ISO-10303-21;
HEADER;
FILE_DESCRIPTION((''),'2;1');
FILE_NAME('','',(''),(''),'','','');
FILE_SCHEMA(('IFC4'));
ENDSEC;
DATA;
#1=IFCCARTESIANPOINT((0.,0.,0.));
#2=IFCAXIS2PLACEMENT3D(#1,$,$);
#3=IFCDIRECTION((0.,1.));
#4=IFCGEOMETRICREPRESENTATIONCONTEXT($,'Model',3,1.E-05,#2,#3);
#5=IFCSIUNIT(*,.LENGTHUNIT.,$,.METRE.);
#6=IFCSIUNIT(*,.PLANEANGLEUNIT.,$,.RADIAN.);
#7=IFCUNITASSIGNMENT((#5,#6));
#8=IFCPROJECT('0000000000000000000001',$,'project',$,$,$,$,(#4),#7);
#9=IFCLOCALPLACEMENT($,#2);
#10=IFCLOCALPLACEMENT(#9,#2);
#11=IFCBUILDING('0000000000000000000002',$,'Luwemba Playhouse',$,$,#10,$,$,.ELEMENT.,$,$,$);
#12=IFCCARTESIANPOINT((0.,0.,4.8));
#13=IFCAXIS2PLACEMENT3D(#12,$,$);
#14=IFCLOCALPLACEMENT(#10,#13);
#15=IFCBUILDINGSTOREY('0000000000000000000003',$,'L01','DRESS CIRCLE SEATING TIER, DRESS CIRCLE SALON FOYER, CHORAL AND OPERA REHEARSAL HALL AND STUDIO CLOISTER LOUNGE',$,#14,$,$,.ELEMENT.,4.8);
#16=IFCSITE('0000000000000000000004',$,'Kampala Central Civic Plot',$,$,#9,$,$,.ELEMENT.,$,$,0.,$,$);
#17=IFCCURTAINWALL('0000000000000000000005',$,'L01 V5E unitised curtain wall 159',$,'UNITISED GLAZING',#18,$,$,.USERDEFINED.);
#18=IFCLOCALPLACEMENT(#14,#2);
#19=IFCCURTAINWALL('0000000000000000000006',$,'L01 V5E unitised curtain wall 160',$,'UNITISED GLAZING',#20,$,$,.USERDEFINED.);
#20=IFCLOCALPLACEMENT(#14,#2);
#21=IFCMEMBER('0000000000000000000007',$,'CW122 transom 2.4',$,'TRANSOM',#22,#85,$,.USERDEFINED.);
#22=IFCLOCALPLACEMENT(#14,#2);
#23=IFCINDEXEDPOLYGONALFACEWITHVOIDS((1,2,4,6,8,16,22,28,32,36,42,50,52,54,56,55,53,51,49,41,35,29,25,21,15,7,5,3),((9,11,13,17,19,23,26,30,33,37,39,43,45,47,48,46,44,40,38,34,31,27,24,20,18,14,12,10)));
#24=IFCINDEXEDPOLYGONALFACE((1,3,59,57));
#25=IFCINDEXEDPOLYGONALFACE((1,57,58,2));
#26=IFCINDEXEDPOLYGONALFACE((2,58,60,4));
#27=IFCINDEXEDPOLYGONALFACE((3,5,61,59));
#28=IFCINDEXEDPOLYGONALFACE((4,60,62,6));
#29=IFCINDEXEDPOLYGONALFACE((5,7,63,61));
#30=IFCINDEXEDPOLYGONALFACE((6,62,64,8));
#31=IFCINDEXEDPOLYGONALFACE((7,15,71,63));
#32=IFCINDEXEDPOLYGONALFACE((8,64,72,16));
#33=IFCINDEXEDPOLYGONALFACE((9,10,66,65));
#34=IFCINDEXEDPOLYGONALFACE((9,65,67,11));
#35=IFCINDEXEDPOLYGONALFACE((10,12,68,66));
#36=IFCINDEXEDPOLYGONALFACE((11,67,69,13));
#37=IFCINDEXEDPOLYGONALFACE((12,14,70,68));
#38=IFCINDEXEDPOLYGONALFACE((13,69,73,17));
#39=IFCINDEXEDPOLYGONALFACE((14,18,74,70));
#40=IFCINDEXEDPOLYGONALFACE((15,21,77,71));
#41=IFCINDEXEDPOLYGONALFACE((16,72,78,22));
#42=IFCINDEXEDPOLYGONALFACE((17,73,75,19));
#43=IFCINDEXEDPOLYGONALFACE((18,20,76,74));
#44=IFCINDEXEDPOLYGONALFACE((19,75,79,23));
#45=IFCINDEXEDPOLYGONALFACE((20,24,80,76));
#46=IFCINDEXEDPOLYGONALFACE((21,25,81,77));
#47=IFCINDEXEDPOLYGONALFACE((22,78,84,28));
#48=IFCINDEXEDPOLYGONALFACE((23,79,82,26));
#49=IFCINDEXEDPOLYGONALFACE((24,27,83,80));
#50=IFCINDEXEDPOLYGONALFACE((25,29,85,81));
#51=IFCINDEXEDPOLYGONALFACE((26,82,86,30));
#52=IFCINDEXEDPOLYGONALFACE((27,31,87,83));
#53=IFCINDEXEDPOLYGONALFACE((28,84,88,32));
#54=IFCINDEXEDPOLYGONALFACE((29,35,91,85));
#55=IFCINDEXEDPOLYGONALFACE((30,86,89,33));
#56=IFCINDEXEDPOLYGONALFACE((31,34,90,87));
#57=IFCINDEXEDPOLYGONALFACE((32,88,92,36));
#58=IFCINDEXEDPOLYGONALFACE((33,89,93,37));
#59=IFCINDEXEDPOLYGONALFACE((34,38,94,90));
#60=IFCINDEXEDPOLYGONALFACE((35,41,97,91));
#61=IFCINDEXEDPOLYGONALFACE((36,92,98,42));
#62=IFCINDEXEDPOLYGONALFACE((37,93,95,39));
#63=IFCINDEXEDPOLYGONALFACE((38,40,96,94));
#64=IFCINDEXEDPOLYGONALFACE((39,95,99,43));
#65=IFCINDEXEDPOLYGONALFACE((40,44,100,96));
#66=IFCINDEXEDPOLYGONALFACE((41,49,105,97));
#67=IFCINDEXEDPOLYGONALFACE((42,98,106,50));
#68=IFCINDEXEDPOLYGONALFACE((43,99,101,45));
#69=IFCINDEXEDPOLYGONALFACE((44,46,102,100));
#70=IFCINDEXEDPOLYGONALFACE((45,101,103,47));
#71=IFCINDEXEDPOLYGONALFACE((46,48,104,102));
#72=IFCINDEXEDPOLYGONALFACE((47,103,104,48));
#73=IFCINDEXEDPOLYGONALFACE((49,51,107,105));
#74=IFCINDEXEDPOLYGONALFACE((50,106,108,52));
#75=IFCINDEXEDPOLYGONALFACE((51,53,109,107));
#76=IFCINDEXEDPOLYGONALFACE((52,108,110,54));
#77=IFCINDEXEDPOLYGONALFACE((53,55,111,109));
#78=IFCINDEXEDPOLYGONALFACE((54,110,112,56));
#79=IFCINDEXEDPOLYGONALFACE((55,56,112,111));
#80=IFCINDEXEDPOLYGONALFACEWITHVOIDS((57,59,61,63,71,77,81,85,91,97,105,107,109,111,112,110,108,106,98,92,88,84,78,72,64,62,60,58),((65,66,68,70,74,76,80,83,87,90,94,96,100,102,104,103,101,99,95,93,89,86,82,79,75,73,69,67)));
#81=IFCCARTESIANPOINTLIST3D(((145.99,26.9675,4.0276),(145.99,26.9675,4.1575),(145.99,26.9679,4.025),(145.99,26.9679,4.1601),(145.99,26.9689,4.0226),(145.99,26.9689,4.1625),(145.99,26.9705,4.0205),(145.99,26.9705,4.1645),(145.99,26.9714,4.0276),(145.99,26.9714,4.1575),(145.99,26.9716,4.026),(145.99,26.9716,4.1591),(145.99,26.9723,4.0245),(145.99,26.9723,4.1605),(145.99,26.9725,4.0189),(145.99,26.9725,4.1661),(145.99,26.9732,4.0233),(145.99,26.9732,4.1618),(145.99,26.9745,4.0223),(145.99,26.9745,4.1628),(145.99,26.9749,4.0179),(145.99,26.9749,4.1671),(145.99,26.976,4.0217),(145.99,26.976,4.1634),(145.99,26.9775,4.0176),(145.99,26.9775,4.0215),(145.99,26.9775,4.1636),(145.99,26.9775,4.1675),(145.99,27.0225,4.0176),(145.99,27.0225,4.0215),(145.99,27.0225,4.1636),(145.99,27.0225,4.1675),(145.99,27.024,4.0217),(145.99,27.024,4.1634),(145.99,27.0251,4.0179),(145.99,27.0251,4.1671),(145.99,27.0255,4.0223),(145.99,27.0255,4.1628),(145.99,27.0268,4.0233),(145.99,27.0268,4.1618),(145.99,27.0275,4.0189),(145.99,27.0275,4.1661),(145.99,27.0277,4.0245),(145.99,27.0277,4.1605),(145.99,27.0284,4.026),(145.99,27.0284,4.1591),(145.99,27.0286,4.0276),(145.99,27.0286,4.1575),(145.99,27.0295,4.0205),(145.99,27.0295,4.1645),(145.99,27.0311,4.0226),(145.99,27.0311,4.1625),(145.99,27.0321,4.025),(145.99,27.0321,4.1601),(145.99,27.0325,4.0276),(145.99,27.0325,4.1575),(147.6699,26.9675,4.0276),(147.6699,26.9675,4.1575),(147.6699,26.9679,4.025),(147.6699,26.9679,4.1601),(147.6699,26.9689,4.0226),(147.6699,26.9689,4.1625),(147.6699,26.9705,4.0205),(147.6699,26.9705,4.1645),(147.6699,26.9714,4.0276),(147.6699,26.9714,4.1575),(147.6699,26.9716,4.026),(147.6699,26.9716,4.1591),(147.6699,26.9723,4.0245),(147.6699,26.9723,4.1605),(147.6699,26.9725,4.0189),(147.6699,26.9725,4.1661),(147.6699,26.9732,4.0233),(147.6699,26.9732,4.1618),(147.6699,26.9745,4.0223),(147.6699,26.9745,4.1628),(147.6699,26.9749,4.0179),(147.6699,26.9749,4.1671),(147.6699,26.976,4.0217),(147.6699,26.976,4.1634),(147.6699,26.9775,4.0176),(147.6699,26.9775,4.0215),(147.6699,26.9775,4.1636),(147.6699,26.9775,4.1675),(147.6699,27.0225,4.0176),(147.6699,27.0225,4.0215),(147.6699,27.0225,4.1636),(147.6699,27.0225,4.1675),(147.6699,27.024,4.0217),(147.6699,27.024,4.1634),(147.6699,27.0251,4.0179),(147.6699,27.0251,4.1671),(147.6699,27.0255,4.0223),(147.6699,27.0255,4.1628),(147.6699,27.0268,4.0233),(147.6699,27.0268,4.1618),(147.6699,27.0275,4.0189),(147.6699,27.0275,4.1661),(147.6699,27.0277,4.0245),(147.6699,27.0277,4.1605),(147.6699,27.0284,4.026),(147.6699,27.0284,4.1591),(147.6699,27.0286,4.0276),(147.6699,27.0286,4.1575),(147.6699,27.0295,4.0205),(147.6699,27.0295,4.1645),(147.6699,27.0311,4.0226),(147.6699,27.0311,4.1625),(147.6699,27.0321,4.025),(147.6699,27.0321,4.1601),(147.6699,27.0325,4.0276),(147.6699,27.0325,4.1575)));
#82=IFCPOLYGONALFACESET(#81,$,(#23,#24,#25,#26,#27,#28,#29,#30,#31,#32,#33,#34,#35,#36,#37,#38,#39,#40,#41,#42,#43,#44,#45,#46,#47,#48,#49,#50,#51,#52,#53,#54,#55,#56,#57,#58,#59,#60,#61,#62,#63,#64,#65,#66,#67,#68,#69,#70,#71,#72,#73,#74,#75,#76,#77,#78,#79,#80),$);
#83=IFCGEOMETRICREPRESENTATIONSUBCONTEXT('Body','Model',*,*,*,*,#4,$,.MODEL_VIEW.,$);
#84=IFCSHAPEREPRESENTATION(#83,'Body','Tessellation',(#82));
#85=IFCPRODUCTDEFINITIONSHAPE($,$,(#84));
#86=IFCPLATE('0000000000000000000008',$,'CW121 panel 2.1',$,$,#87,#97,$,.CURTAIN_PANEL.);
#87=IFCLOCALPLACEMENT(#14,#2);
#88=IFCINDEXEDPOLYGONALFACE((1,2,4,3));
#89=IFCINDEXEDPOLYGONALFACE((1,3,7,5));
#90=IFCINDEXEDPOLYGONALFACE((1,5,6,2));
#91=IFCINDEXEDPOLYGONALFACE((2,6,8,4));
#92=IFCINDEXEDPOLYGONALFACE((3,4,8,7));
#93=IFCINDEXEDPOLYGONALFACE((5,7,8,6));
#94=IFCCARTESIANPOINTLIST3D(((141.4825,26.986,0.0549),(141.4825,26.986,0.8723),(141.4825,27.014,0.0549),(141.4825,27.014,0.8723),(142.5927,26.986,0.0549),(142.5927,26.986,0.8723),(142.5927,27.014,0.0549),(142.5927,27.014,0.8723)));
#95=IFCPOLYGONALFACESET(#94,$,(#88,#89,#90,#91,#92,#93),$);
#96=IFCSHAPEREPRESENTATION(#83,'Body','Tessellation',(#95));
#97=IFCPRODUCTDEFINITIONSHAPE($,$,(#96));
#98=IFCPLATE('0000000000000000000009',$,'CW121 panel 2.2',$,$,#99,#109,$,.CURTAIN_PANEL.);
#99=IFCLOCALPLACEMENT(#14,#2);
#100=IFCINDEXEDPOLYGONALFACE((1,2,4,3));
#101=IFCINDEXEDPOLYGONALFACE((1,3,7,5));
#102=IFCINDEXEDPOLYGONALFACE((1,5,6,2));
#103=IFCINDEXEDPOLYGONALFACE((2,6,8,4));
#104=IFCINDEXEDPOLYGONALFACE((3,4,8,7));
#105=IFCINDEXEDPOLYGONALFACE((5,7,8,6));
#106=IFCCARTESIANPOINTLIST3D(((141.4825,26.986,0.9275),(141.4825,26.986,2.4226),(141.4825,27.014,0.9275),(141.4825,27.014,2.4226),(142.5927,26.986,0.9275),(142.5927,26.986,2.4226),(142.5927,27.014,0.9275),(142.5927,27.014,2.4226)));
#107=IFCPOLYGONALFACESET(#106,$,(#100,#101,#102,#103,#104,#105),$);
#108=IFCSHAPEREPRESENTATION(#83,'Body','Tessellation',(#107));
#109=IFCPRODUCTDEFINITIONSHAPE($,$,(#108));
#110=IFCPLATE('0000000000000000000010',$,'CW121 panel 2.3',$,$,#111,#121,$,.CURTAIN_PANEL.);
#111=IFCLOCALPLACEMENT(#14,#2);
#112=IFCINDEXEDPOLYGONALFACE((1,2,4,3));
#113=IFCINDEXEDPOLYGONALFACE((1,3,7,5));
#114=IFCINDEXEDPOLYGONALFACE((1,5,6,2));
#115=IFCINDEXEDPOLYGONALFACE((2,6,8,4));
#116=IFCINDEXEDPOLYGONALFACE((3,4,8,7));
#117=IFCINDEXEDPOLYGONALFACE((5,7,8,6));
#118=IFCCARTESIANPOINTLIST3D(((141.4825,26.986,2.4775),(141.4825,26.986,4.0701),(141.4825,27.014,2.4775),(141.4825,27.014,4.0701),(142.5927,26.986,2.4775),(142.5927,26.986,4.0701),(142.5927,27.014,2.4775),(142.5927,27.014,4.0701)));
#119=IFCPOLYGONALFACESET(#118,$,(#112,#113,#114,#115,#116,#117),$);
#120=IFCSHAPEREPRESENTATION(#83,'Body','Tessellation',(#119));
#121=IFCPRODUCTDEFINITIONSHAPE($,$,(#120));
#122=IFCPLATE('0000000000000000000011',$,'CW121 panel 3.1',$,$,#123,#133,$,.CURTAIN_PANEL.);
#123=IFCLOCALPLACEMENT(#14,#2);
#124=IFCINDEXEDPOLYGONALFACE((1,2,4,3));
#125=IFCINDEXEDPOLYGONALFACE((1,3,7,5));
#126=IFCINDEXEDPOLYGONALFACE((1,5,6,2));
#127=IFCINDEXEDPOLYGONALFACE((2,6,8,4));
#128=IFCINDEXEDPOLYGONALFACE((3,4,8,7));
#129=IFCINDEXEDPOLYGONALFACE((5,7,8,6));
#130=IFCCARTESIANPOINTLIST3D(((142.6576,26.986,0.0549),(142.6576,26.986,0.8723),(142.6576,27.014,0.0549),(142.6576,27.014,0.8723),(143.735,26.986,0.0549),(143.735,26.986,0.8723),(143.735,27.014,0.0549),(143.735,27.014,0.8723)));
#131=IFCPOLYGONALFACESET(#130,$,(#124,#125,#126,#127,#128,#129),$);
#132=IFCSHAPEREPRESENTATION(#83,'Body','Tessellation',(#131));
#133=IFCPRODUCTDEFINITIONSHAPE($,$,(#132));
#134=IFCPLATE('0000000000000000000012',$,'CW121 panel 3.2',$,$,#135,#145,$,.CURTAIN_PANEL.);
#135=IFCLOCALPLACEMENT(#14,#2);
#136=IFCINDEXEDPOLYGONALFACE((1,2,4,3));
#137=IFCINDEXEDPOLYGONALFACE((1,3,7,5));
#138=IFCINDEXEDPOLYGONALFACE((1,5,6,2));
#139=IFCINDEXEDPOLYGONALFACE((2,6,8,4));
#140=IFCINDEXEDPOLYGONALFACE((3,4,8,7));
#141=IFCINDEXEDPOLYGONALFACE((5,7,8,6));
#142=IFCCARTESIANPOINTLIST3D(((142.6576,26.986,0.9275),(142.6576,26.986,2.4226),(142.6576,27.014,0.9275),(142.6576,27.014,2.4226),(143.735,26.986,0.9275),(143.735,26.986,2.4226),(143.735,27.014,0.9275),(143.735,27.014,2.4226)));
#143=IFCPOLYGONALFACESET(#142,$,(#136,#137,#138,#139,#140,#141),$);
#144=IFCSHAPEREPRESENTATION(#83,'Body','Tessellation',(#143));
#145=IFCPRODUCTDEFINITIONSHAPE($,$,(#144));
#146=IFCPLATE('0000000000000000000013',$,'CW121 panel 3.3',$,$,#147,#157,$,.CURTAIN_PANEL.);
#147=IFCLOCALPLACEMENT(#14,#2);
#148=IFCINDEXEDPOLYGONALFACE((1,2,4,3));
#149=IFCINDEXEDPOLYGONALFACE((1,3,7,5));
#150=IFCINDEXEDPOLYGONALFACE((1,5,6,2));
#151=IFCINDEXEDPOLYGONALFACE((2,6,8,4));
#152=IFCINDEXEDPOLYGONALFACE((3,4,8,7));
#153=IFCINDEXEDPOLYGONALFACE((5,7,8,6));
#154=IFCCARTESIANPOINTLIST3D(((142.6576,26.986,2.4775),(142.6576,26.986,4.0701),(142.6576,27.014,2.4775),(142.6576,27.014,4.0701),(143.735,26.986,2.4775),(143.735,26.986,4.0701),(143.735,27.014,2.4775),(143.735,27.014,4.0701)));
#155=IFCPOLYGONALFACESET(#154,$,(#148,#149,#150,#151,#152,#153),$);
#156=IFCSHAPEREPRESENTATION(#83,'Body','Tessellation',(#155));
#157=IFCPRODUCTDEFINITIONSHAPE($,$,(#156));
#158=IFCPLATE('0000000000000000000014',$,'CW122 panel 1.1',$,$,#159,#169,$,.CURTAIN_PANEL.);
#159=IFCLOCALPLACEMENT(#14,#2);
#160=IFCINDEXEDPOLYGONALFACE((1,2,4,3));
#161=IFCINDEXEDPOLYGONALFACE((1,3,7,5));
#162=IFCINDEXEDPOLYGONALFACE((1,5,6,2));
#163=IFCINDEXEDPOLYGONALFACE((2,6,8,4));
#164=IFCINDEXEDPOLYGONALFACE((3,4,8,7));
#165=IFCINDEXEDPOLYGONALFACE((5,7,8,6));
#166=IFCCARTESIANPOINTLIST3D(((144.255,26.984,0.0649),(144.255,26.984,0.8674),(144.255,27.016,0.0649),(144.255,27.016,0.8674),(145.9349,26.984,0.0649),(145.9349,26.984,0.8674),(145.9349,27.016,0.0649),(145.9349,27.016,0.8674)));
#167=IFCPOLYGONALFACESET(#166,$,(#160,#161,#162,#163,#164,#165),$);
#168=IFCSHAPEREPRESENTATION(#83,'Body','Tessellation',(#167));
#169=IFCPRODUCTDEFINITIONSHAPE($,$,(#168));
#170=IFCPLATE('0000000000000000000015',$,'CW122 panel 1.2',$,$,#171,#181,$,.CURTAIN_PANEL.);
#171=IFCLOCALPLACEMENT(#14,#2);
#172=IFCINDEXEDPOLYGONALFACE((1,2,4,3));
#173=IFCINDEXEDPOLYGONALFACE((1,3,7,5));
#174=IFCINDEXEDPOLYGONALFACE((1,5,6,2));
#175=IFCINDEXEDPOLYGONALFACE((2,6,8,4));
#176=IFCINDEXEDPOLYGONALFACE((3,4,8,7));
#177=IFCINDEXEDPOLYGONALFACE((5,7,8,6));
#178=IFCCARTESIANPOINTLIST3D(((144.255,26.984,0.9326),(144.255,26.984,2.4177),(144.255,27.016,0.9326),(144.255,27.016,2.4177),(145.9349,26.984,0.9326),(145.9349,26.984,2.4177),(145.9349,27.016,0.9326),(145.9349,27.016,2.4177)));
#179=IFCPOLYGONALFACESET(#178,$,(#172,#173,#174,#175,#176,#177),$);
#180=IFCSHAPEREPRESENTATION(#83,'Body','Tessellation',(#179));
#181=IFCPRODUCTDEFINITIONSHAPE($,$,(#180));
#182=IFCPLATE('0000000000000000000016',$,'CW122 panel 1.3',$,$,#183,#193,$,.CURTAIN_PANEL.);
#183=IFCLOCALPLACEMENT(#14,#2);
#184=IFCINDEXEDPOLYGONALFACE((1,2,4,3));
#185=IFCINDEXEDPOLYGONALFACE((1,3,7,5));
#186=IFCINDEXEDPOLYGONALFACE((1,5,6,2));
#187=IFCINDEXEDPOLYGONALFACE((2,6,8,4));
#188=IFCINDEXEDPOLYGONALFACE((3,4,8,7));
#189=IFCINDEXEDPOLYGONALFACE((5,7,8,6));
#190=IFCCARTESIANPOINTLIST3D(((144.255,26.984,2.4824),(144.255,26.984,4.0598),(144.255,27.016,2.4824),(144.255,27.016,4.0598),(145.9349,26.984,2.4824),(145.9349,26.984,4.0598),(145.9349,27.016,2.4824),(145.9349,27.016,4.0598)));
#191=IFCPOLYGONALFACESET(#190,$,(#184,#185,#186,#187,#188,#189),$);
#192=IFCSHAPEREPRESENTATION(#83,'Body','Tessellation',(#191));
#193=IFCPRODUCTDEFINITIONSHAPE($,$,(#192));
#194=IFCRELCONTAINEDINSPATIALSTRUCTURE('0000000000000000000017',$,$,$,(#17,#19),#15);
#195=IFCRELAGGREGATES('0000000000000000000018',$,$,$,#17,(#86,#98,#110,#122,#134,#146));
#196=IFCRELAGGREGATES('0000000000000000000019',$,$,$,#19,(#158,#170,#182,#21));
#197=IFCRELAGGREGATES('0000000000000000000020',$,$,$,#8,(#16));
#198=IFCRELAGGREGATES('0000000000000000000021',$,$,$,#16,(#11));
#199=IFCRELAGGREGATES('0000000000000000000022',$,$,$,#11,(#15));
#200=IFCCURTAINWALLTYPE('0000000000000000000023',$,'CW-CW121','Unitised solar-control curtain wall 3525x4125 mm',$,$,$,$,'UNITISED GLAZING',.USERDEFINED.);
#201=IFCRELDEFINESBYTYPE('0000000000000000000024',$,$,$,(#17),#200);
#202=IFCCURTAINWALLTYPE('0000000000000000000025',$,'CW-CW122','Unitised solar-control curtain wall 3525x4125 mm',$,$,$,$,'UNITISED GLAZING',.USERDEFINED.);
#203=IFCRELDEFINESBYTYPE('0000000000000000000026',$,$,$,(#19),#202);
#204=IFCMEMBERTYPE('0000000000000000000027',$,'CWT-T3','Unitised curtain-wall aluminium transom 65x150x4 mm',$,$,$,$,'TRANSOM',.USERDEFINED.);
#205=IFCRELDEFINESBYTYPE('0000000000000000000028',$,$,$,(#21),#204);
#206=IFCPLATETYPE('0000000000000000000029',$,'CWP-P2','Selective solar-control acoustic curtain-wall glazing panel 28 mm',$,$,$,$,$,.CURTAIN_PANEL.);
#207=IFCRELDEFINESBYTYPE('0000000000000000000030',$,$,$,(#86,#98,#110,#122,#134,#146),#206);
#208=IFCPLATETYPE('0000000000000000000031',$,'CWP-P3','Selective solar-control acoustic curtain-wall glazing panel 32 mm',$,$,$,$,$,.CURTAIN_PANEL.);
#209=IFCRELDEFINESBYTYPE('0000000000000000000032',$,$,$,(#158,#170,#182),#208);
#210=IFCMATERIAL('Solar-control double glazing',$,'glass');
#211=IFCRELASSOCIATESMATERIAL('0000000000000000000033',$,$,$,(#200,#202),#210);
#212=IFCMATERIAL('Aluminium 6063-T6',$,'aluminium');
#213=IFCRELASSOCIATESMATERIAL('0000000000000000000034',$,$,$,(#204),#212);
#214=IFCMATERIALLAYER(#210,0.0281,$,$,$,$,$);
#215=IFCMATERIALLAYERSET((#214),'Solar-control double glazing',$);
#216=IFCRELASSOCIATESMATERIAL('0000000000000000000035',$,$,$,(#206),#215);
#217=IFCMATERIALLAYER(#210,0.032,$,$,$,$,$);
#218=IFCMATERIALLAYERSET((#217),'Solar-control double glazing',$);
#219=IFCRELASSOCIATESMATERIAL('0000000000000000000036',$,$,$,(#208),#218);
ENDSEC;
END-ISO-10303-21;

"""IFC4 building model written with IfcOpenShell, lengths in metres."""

from ifc_helpers import new_model, si_unit, direction, frame, origin, origin_2d, place, context, subcontext, project, spatial, rectangle, hollow_rectangle, extrude, material, layer, layer_set, material_profile, profile_set, type_object, element, aggregate, save


model = new_model("IFC4")

# Units and contexts
model_context = context("Model", 3, precision=1e-05, world=origin(), true_north=direction((0.0, 1.0)))
body_context = subcontext(model_context, "Body", "Model", "MODEL_VIEW")
ifc_project = project(units=[si_unit("LENGTHUNIT", "METRE"), si_unit("PLANEANGLEUNIT", "RADIAN")], contexts=[model_context])

# Site, building, storey
site_placement = place(None, origin())
site = spatial("IfcSite", under=ifc_project, at=site_placement, Name="Kampala Central Civic Plot", CompositionType="ELEMENT", RefElevation=0.0)
building_placement = place(site_placement, origin())
building = spatial("IfcBuilding", under=site, at=building_placement, Name="Luwemba Playhouse", CompositionType="ELEMENT")
storey_placement = place(building_placement, frame((0.0, 0.0, 4.8)))
storey = spatial("IfcBuildingStorey", under=building, at=storey_placement, Name="L01", Description="DRESS CIRCLE SEATING TIER, DRESS CIRCLE SALON FOYER, CHORAL AND OPERA REHEARSAL HALL AND STUDIO CLOISTER LOUNGE", CompositionType="ELEMENT", Elevation=4.8)

# Curtain walls
ifc_material_1 = material(Name="Solar-control double glazing", Category="glass")
curtain_wall_type_1 = type_object("IfcCurtainWallType", Name="CW-CW121", Description="Unitised solar-control curtain wall 3525x4125 mm", ElementType="UNITISED GLAZING", PredefinedType="USERDEFINED", material=ifc_material_1)
curtain_wall_1_placement = place(storey_placement, origin())
curtain_wall_1 = element("IfcCurtainWall", 1, at=curtain_wall_1_placement, inside=storey, type_object=curtain_wall_type_1, Name="L01 V5E unitised curtain wall 159", ObjectType="UNITISED GLAZING", PredefinedType="USERDEFINED")
ifc_material_2 = material(Name="Aluminium 6063-T6", Category="aluminium")
curtain_wall_type_2 = type_object("IfcCurtainWallType", Name="CW-CW122", Description="Unitised solar-control curtain wall 3525x4125 mm", ElementType="UNITISED GLAZING", PredefinedType="USERDEFINED", material=ifc_material_1)
curtain_wall_2_placement = place(storey_placement, origin())
curtain_wall_2 = element("IfcCurtainWall", 2, at=curtain_wall_2_placement, inside=storey, type_object=curtain_wall_type_2, Name="L01 V5E unitised curtain wall 160", ObjectType="UNITISED GLAZING", PredefinedType="USERDEFINED")

# Member
ifc_material_profile_1 = material_profile(ifc_material_2, hollow_rectangle(XDim=0.0649, YDim=0.1499, WallThickness=0.0039, InnerFilletRadius=0.0061, OuterFilletRadius=0.01, at=origin_2d()))
ifc_profile_set_1 = profile_set([ifc_material_profile_1], Name="Aluminium 6063-T6")
member_type_1 = type_object("IfcMemberType", Name="CWT-T3", Description="Unitised curtain-wall aluminium transom 65x150x4 mm", ElementType="TRANSOM", PredefinedType="USERDEFINED", material=ifc_profile_set_1)
member_1_placement = place(storey_placement, frame((145.99, 27.0, 4.0925), z_axis=(1.0, 0.0, 0.0), x_axis=(0.0, 1.0, 0.0)))
member_1 = element("IfcMember", 3, at=member_1_placement, type_object=member_type_1, Name="CW122 transom 2.4", ObjectType="TRANSOM", PredefinedType="USERDEFINED", context=body_context, shape_type="SweptSolid", body=[
    extrude(hollow_rectangle(XDim=0.0649, YDim=0.1499, WallThickness=0.0039, InnerFilletRadius=0.0061, OuterFilletRadius=0.01, at=origin_2d()), origin(), (0.0, 0.0, 1.0), 1.6799),
])

# Plates
ifc_layer_1 = layer(ifc_material_1, 0.0281)
ifc_layer_set_1 = layer_set([ifc_layer_1], Name="Solar-control double glazing")
plate_type_1 = type_object("IfcPlateType", Name="CWP-P2", Description="Selective solar-control acoustic curtain-wall glazing panel 28 mm", PredefinedType="CURTAIN_PANEL", material=ifc_layer_set_1)
plate_1_placement = place(storey_placement, frame((142.0376, 27.0, 0.0549), z_axis=(0.0, 0.0, 1.0), x_axis=(1.0, 0.0, 0.0)))
plate_1 = element("IfcPlate", 4, at=plate_1_placement, type_object=plate_type_1, Name="CW121 panel 2.1", PredefinedType="CURTAIN_PANEL", context=body_context, shape_type="SweptSolid", body=[
    extrude(rectangle(XDim=1.1101, YDim=0.0281, at=origin_2d()), origin(), (0.0, 0.0, 1.0), 0.8174),
])
plate_2_placement = place(storey_placement, frame((142.0376, 27.0, 0.9275), z_axis=(0.0, 0.0, 1.0), x_axis=(1.0, 0.0, 0.0)))
plate_2 = element("IfcPlate", 5, at=plate_2_placement, type_object=plate_type_1, Name="CW121 panel 2.2", PredefinedType="CURTAIN_PANEL", context=body_context, shape_type="SweptSolid", body=[
    extrude(rectangle(XDim=1.1101, YDim=0.0281, at=origin_2d()), origin(), (0.0, 0.0, 1.0), 1.4951),
])
plate_3_placement = place(storey_placement, frame((142.0376, 27.0, 2.4775), z_axis=(0.0, 0.0, 1.0), x_axis=(1.0, 0.0, 0.0)))
plate_3 = element("IfcPlate", 6, at=plate_3_placement, type_object=plate_type_1, Name="CW121 panel 2.3", PredefinedType="CURTAIN_PANEL", context=body_context, shape_type="SweptSolid", body=[
    extrude(rectangle(XDim=1.1101, YDim=0.0281, at=origin_2d()), origin(), (0.0, 0.0, 1.0), 1.5925),
])
plate_4_placement = place(storey_placement, frame((143.1963, 27.0, 0.0549), z_axis=(0.0, 0.0, 1.0), x_axis=(1.0, 0.0, 0.0)))
plate_4 = element("IfcPlate", 7, at=plate_4_placement, type_object=plate_type_1, Name="CW121 panel 3.1", PredefinedType="CURTAIN_PANEL", context=body_context, shape_type="SweptSolid", body=[
    extrude(rectangle(XDim=1.0774, YDim=0.0281, at=origin_2d()), origin(), (0.0, 0.0, 1.0), 0.8174),
])
plate_5_placement = place(storey_placement, frame((143.1963, 27.0, 0.9275), z_axis=(0.0, 0.0, 1.0), x_axis=(1.0, 0.0, 0.0)))
plate_5 = element("IfcPlate", 8, at=plate_5_placement, type_object=plate_type_1, Name="CW121 panel 3.2", PredefinedType="CURTAIN_PANEL", context=body_context, shape_type="SweptSolid", body=[
    extrude(rectangle(XDim=1.0774, YDim=0.0281, at=origin_2d()), origin(), (0.0, 0.0, 1.0), 1.4951),
])
plate_6_placement = place(storey_placement, frame((143.1963, 27.0, 2.4775), z_axis=(0.0, 0.0, 1.0), x_axis=(1.0, 0.0, 0.0)))
plate_6 = element("IfcPlate", 9, at=plate_6_placement, type_object=plate_type_1, Name="CW121 panel 3.3", PredefinedType="CURTAIN_PANEL", context=body_context, shape_type="SweptSolid", body=[
    extrude(rectangle(XDim=1.0774, YDim=0.0281, at=origin_2d()), origin(), (0.0, 0.0, 1.0), 1.5925),
])
aggregate(curtain_wall_1, [plate_1, plate_2, plate_3, plate_4, plate_5, plate_6])
ifc_layer_2 = layer(ifc_material_1, 0.032)
ifc_layer_set_2 = layer_set([ifc_layer_2], Name="Solar-control double glazing")
plate_type_2 = type_object("IfcPlateType", Name="CWP-P3", Description="Selective solar-control acoustic curtain-wall glazing panel 32 mm", PredefinedType="CURTAIN_PANEL", material=ifc_layer_set_2)
plate_7_placement = place(storey_placement, frame((145.095, 27.0, 0.0649), z_axis=(0.0, 0.0, 1.0), x_axis=(1.0, 0.0, 0.0)))
plate_7 = element("IfcPlate", 10, at=plate_7_placement, type_object=plate_type_2, Name="CW122 panel 1.1", PredefinedType="CURTAIN_PANEL", context=body_context, shape_type="SweptSolid", body=[
    extrude(rectangle(XDim=1.6799, YDim=0.032, at=origin_2d()), origin(), (0.0, 0.0, 1.0), 0.8025),
])
plate_8_placement = place(storey_placement, frame((145.095, 27.0, 0.9326), z_axis=(0.0, 0.0, 1.0), x_axis=(1.0, 0.0, 0.0)))
plate_8 = element("IfcPlate", 11, at=plate_8_placement, type_object=plate_type_2, Name="CW122 panel 1.2", PredefinedType="CURTAIN_PANEL", context=body_context, shape_type="SweptSolid", body=[
    extrude(rectangle(XDim=1.6799, YDim=0.032, at=origin_2d()), origin(), (0.0, 0.0, 1.0), 1.4851),
])
plate_9_placement = place(storey_placement, frame((145.095, 27.0, 2.4824), z_axis=(0.0, 0.0, 1.0), x_axis=(1.0, 0.0, 0.0)))
plate_9 = element("IfcPlate", 12, at=plate_9_placement, type_object=plate_type_2, Name="CW122 panel 1.3", PredefinedType="CURTAIN_PANEL", context=body_context, shape_type="SweptSolid", body=[
    extrude(rectangle(XDim=1.6799, YDim=0.032, at=origin_2d()), origin(), (0.0, 0.0, 1.0), 1.5774),
])
aggregate(curtain_wall_2, [plate_7, plate_8, plate_9, member_1])

save(model, "model.ifc")
